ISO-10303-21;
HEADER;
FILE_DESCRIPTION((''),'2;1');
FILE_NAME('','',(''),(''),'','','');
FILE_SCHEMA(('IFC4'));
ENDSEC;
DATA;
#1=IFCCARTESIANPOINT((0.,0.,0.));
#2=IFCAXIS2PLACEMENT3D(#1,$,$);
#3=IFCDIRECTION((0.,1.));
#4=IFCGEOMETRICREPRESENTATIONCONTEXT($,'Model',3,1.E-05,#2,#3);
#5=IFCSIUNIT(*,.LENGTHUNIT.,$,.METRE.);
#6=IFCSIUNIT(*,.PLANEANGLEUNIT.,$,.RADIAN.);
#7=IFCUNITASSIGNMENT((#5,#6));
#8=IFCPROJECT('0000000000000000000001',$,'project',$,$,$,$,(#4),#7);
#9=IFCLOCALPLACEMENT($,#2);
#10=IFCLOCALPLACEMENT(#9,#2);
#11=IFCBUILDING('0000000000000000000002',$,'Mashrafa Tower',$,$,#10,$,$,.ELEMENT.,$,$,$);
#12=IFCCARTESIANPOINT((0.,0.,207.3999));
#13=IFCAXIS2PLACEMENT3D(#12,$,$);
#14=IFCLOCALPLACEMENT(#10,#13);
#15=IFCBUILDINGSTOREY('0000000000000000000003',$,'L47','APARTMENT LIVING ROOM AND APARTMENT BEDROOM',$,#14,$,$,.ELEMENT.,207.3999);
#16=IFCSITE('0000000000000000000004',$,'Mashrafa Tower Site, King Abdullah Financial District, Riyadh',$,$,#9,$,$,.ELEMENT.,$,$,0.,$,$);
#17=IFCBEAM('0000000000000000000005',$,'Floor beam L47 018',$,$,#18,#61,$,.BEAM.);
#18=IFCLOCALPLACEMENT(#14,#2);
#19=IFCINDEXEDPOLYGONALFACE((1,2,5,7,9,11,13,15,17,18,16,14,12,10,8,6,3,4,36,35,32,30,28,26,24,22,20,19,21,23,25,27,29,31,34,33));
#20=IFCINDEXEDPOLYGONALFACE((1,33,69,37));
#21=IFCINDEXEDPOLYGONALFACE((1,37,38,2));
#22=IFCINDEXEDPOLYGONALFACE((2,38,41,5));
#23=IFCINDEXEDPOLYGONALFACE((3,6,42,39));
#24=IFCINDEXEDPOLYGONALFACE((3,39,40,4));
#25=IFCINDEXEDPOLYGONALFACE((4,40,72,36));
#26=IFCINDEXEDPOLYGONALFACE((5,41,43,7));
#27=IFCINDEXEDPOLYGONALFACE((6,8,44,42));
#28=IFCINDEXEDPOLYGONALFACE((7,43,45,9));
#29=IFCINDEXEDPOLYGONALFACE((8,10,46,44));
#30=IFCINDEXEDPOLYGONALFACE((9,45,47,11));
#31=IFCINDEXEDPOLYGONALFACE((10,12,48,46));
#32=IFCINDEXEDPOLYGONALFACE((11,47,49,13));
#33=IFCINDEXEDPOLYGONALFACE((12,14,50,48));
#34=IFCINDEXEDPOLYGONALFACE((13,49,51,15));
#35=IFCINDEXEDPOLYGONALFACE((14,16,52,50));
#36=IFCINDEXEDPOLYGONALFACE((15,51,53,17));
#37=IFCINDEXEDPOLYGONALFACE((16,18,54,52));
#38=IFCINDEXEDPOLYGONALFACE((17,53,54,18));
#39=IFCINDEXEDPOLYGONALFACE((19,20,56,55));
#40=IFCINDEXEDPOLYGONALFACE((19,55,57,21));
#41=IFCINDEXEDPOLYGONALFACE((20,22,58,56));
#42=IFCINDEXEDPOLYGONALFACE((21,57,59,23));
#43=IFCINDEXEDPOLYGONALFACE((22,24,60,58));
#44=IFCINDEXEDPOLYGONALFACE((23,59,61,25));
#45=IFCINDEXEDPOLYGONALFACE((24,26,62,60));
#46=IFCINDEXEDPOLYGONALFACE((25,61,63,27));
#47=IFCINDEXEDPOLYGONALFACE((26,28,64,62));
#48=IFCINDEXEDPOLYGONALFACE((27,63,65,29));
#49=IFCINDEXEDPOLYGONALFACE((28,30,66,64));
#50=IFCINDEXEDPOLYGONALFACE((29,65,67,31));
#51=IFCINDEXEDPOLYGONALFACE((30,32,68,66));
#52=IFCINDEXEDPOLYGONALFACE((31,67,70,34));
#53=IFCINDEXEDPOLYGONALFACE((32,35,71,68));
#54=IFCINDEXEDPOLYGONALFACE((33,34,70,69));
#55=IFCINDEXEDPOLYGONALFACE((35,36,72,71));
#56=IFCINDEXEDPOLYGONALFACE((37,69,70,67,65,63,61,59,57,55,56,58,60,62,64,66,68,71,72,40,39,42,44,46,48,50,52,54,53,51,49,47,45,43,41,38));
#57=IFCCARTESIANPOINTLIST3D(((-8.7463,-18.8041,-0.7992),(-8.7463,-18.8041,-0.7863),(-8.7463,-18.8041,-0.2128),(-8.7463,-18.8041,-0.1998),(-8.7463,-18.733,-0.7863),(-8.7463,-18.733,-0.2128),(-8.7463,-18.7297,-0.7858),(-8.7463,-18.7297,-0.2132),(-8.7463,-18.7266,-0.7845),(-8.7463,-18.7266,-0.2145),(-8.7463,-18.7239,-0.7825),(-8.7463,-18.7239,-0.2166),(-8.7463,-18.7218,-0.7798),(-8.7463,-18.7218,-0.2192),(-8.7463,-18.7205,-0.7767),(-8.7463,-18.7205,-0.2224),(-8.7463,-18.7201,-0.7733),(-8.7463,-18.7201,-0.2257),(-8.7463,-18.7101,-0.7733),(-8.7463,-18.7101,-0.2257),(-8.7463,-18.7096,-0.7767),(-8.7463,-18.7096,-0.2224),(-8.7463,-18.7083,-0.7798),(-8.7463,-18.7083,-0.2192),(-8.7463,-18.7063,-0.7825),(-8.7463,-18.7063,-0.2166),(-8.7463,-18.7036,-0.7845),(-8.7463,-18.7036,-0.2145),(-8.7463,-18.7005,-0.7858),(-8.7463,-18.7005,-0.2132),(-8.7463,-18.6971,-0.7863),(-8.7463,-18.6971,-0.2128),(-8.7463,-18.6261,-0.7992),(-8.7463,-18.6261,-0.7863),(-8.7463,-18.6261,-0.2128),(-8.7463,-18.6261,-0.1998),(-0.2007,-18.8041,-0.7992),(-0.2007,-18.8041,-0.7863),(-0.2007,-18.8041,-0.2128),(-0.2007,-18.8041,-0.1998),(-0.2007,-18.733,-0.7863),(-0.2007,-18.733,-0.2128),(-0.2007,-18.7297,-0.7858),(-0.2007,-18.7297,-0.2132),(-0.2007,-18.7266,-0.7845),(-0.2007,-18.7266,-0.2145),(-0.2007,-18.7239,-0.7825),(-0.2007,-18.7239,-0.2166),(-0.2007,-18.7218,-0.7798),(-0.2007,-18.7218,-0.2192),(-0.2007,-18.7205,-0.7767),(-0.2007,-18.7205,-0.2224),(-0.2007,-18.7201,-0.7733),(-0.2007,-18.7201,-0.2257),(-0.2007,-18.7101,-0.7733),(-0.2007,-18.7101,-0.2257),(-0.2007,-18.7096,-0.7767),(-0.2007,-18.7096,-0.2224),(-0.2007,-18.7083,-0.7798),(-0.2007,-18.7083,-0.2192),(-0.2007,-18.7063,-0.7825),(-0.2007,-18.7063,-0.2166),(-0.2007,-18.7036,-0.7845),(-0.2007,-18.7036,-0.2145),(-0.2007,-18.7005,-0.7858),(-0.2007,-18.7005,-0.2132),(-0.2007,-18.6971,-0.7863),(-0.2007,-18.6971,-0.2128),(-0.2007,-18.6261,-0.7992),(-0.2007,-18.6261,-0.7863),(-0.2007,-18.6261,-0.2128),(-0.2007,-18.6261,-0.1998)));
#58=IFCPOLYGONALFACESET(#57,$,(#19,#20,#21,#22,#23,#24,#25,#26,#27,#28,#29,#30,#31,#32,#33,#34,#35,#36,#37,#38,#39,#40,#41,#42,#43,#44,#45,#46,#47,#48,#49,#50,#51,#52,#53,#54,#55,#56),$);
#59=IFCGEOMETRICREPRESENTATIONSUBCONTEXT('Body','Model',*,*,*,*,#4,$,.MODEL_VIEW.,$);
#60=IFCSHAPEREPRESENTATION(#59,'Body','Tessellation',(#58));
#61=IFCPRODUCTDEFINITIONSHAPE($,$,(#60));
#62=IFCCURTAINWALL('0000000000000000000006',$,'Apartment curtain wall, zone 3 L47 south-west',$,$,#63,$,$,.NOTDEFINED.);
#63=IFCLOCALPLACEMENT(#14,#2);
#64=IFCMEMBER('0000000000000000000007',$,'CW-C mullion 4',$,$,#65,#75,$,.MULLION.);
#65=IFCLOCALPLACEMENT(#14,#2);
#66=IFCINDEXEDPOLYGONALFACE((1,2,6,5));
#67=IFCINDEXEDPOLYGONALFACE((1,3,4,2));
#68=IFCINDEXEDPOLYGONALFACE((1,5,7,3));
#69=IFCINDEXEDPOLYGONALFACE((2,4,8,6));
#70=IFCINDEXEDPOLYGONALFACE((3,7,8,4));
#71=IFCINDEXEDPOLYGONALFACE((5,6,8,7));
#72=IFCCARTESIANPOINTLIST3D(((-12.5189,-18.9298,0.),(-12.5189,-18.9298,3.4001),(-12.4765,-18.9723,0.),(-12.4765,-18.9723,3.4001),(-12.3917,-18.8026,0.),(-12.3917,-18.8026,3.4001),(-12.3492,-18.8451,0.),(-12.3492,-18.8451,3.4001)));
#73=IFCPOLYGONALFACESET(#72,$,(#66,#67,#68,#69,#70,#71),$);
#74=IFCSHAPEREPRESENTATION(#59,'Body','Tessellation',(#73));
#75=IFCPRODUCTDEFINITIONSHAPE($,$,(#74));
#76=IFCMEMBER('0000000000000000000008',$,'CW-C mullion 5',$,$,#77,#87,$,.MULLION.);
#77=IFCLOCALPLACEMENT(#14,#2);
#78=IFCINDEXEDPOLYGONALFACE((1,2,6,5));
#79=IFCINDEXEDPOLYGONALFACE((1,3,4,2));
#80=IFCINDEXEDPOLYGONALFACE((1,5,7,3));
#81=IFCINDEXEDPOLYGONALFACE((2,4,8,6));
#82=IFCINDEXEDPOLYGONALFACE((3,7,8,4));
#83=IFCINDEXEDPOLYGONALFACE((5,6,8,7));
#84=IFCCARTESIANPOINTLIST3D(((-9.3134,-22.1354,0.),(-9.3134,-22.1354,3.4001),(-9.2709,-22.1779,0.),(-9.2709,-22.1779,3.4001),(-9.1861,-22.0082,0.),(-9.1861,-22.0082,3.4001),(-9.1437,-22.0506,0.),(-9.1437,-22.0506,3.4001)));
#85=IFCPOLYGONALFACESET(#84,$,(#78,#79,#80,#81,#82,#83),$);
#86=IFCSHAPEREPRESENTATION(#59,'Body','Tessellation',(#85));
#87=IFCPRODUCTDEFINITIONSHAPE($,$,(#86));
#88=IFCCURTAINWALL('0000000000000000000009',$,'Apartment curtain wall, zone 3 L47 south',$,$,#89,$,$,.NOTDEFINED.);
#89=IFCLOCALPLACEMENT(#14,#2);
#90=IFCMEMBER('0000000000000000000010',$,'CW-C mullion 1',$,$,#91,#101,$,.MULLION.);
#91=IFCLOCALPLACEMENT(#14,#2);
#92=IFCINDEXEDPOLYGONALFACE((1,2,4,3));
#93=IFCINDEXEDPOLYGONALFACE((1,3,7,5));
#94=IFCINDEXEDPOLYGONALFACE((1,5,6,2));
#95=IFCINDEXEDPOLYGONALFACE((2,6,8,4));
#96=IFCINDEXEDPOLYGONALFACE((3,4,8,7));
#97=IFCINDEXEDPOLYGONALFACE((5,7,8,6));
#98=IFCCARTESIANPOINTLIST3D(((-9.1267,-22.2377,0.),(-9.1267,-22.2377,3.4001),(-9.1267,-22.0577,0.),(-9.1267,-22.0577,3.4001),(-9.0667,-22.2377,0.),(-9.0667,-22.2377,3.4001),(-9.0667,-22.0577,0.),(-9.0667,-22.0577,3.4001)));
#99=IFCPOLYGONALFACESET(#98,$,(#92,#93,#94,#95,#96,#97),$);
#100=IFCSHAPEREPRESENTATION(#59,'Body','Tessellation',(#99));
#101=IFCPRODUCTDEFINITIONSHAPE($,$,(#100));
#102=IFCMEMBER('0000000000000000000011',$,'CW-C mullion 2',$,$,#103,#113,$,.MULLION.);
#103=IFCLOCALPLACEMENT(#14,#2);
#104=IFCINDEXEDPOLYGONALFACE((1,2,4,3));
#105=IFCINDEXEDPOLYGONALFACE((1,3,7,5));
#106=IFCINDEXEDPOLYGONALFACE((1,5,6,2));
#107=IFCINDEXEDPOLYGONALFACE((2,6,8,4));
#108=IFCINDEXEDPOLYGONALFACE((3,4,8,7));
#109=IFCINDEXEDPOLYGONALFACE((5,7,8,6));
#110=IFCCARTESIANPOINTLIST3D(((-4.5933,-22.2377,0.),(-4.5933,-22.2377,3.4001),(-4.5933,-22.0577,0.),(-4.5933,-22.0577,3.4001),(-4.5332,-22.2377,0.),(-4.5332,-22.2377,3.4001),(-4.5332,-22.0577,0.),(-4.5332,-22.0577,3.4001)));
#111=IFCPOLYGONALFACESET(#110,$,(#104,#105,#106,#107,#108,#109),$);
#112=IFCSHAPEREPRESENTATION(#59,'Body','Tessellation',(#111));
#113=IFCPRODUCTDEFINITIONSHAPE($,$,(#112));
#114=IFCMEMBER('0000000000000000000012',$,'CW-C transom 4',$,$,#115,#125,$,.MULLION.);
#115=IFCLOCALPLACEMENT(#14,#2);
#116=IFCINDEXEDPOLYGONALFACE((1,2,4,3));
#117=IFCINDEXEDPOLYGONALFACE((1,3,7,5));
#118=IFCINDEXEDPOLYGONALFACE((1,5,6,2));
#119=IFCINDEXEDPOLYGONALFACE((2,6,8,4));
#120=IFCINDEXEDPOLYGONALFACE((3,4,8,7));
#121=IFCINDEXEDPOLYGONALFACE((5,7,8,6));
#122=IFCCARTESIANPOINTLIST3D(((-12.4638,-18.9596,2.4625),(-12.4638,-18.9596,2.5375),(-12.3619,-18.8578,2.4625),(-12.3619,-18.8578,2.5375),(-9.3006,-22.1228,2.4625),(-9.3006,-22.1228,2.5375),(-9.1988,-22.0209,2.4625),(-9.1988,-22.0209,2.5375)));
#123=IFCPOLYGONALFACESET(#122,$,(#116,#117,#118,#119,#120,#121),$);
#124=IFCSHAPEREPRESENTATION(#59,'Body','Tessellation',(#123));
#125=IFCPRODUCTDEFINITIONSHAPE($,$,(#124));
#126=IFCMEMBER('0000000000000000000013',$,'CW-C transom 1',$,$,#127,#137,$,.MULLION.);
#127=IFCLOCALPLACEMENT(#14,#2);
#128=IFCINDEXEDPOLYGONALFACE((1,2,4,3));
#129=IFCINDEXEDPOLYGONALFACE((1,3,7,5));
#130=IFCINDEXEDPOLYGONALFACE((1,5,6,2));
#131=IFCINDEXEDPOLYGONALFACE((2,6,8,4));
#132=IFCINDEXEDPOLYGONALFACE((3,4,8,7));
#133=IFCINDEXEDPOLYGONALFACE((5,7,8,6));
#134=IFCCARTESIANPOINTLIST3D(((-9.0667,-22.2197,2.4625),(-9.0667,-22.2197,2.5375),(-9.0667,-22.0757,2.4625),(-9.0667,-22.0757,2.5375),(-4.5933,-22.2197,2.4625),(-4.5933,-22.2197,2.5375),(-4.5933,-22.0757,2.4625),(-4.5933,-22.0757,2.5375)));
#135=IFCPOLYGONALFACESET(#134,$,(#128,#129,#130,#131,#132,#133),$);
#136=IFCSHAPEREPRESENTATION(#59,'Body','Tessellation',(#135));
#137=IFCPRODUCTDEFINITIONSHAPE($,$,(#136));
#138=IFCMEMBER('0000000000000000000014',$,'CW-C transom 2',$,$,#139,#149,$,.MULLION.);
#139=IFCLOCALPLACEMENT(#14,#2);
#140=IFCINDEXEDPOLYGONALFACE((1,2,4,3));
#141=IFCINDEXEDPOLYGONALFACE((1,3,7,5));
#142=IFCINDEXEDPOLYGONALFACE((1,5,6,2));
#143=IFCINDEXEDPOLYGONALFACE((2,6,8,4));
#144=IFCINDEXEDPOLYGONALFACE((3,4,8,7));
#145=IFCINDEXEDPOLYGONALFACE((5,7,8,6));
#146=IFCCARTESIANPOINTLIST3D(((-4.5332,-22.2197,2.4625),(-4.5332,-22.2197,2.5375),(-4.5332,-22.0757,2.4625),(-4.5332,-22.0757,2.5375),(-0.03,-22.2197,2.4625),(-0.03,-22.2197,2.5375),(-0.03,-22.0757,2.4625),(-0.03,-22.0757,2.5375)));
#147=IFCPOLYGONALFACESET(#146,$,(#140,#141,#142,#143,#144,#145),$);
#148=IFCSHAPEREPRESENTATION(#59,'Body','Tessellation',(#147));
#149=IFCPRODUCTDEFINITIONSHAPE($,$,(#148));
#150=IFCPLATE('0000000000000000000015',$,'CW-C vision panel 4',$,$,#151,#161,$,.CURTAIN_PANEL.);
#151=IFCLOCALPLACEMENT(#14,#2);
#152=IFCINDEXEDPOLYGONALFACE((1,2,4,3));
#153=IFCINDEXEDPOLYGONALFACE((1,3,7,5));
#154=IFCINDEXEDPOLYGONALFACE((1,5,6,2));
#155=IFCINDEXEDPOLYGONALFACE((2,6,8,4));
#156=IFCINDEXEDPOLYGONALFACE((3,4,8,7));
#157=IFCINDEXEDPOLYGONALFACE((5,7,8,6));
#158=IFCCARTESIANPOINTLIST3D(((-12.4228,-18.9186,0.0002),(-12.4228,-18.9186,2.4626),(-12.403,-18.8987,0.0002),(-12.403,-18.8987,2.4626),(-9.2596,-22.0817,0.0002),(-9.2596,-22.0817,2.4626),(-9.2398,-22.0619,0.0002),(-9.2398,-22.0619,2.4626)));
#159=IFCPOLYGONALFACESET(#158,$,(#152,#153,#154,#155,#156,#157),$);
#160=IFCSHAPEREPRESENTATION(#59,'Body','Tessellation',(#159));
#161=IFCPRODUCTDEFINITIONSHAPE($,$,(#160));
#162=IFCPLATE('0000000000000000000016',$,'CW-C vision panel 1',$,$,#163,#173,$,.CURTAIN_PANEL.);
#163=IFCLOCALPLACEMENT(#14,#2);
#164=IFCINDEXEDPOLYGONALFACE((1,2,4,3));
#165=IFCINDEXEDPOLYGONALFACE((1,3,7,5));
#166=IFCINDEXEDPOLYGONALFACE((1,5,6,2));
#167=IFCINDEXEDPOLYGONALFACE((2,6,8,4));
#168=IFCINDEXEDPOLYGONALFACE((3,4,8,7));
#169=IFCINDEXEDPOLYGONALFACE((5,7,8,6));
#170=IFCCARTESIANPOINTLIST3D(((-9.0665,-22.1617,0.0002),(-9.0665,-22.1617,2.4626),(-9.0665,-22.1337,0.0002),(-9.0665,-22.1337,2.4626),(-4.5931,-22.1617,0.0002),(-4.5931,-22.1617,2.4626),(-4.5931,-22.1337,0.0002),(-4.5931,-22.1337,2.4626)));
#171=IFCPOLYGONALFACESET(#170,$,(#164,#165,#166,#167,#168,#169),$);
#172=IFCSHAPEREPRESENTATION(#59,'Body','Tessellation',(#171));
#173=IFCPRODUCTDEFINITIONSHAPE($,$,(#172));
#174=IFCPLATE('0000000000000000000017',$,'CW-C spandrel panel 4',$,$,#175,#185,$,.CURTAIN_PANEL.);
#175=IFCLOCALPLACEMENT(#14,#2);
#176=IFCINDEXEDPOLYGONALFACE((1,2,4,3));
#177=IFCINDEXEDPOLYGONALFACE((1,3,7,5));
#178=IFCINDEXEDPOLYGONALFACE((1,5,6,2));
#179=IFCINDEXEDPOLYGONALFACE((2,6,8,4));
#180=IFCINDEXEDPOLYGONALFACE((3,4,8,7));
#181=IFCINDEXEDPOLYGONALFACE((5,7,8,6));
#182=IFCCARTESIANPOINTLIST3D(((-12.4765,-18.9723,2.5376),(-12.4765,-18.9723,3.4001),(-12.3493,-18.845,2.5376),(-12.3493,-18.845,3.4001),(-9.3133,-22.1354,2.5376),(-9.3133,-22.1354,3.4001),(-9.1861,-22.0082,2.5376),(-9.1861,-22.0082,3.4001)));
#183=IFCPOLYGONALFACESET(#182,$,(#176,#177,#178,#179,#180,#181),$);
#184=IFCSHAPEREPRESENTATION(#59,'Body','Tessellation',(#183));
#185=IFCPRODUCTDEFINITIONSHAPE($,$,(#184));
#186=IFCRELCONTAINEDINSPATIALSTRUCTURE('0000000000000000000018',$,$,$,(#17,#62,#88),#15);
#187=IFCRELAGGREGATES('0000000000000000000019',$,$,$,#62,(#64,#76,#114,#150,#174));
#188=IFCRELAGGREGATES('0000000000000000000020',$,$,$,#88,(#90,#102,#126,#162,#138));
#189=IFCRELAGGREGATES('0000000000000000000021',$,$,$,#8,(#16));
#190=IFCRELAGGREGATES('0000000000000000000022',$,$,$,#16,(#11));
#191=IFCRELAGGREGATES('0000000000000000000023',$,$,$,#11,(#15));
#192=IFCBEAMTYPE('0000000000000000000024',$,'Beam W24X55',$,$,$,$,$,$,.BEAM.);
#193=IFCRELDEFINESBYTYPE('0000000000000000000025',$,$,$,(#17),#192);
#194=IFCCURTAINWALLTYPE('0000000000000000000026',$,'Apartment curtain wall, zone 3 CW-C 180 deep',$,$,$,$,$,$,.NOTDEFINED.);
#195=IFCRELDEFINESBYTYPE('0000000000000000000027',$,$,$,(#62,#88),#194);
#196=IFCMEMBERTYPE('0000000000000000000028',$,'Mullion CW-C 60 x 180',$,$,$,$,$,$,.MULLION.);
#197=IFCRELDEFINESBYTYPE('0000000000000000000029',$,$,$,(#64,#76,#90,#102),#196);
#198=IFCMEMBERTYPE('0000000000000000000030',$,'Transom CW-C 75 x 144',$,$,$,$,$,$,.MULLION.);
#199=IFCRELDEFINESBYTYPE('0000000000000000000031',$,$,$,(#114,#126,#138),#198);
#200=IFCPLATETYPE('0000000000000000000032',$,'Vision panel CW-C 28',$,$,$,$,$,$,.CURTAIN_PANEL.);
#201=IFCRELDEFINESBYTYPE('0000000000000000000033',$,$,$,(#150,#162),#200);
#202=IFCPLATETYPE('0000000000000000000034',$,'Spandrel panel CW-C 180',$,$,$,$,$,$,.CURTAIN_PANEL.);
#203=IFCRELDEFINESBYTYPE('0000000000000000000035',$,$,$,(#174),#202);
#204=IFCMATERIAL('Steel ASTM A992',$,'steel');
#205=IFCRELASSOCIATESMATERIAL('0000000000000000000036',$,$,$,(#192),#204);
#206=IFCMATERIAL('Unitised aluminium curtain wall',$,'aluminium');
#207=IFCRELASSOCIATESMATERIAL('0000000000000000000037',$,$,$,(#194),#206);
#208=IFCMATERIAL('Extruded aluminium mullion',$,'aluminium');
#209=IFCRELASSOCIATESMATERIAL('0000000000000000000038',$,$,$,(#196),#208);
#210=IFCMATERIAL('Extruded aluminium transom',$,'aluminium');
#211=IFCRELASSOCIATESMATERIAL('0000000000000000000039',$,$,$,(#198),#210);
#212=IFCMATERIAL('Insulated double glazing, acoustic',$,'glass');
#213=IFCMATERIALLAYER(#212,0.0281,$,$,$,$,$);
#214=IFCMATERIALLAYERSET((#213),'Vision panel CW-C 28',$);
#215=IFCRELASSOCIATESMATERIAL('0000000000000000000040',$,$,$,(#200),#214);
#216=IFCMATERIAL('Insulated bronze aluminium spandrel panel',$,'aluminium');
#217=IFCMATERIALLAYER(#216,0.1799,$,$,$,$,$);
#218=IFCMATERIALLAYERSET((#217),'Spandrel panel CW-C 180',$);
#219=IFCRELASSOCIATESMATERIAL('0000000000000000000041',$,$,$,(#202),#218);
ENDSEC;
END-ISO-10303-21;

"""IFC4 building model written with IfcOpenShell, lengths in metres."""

from ifc_helpers import new_model, si_unit, direction, frame, origin, origin_2d, place, context, subcontext, project, spatial, rectangle, i_section, extrude, source, transform, mapped, material, layer, layer_set, material_profile, profile_set, type_object, type_shapes, element, aggregate, save


model = new_model("IFC4")

# Units and contexts
model_context = context("Model", 3, precision=1e-05, world=origin(), true_north=direction((0.0, 1.0)))
body_context = subcontext(model_context, "Body", "Model", "MODEL_VIEW")
ifc_project = project(units=[si_unit("LENGTHUNIT", "METRE"), si_unit("PLANEANGLEUNIT", "RADIAN")], contexts=[model_context])

# Site, building, storey
site_placement = place(None, origin())
site = spatial("IfcSite", under=ifc_project, at=site_placement, Name="Mashrafa Tower Site, King Abdullah Financial District, Riyadh", CompositionType="ELEMENT", RefElevation=0.0)
building_placement = place(site_placement, origin())
building = spatial("IfcBuilding", under=site, at=building_placement, Name="Mashrafa Tower", CompositionType="ELEMENT")
storey_placement = place(building_placement, frame((0.0, 0.0, 207.3999)))
storey = spatial("IfcBuildingStorey", under=building, at=storey_placement, Name="L47", Description="APARTMENT LIVING ROOM AND APARTMENT BEDROOM", CompositionType="ELEMENT", Elevation=207.3999)

# Beam
ifc_material_1 = material(Name="Steel ASTM A992", Category="steel")
ifc_material_profile_1 = material_profile(ifc_material_1, i_section(OverallWidth=0.178, OverallDepth=0.5994, WebThickness=0.01, FlangeThickness=0.0129, FilletRadius=0.0129, at=origin_2d()), Name="W24X55")
ifc_profile_set_1 = profile_set([ifc_material_profile_1], Name="Steel ASTM A992")
beam_type_1 = type_object("IfcBeamType", Name="Beam W24X55", PredefinedType="BEAM", material=ifc_profile_set_1)
beam_1_placement = place(storey_placement, frame((-0.2007, -18.7151, -0.4995), z_axis=(-1.0, 0.0, 0.0), x_axis=(0.0, -1.0, 0.0)))
element("IfcBeam", 1, at=beam_1_placement, inside=storey, type_object=beam_type_1, Name="Floor beam L47 018", PredefinedType="BEAM", context=body_context, shape_type="SweptSolid", body=[
    extrude(i_section(OverallWidth=0.178, OverallDepth=0.5994, WebThickness=0.01, FlangeThickness=0.0129, FilletRadius=0.0129, at=origin_2d()), origin(), (0.0, 0.0, 1.0), 8.5457),
])

# Curtain walls, members
ifc_material_2 = material(Name="Unitised aluminium curtain wall", Category="aluminium")
curtain_wall_type = type_object("IfcCurtainWallType", Name="Apartment curtain wall, zone 3 CW-C 180 deep", PredefinedType="NOTDEFINED", material=ifc_material_2)
curtain_wall_1_placement = place(storey_placement, origin())
curtain_wall_1 = element("IfcCurtainWall", 2, at=curtain_wall_1_placement, inside=storey, type_object=curtain_wall_type, Name="Apartment curtain wall, zone 3 L47 south-west", PredefinedType="NOTDEFINED")
ifc_material_3 = material(Name="Extruded aluminium mullion", Category="aluminium")
ifc_material_profile_2 = material_profile(ifc_material_3, rectangle(XDim=0.1799, YDim=0.0601, at=origin_2d()), Name="Mullion 60x180")
ifc_profile_set_2 = profile_set([ifc_material_profile_2], Name="Extruded aluminium mullion")
member_type_1 = type_object("IfcMemberType", Name="Mullion CW-C 60 x 180", PredefinedType="MULLION", material=ifc_profile_set_2)
shared_shape_1 = source(origin(), body_context, "Body", "SweptSolid", [
    extrude(rectangle(XDim=0.1799, YDim=0.0601, at=origin_2d()), origin(), (0.0, 0.0, 1.0), 3.4001),
])
type_shapes(member_type_1, [shared_shape_1])
member_1_placement = place(storey_placement, frame((-12.4341, -18.8875, 0.0), z_axis=(0.0, 0.0, 1.0), x_axis=(0.707107, 0.707107, 0.0)))
member_1 = element("IfcMember", 3, at=member_1_placement, type_object=member_type_1, Name="CW-C mullion 4", PredefinedType="MULLION", context=body_context, shape_type="MappedRepresentation", body=[
    mapped(shared_shape_1, transform((0.0, 0.0, 0.0))),
])
member_2_placement = place(storey_placement, frame((-9.2285, -22.093, 0.0), z_axis=(0.0, 0.0, 1.0), x_axis=(0.707107, 0.707107, 0.0)))
member_2 = element("IfcMember", 4, at=member_2_placement, type_object=member_type_1, Name="CW-C mullion 5", PredefinedType="MULLION", context=body_context, shape_type="MappedRepresentation", body=[
    mapped(shared_shape_1, transform((0.0, 0.0, 0.0))),
])
curtain_wall_2_placement = place(storey_placement, origin())
curtain_wall_2 = element("IfcCurtainWall", 5, at=curtain_wall_2_placement, inside=storey, type_object=curtain_wall_type, Name="Apartment curtain wall, zone 3 L47 south", PredefinedType="NOTDEFINED")
member_3_placement = place(storey_placement, frame((-9.0967, -22.1477, 0.0), z_axis=(0.0, 0.0, 1.0), x_axis=(0.0, 1.0, 0.0)))
member_3 = element("IfcMember", 6, at=member_3_placement, type_object=member_type_1, Name="CW-C mullion 1", PredefinedType="MULLION", context=body_context, shape_type="MappedRepresentation", body=[
    mapped(shared_shape_1, transform((0.0, 0.0, 0.0))),
])
member_4_placement = place(storey_placement, frame((-4.5632, -22.1477, 0.0), z_axis=(0.0, 0.0, 1.0), x_axis=(0.0, 1.0, 0.0)))
member_4 = element("IfcMember", 7, at=member_4_placement, type_object=member_type_1, Name="CW-C mullion 2", PredefinedType="MULLION", context=body_context, shape_type="MappedRepresentation", body=[
    mapped(shared_shape_1, transform((0.0, 0.0, 0.0))),
])

# Members
ifc_material_4 = material(Name="Extruded aluminium transom", Category="aluminium")
ifc_material_profile_3 = material_profile(ifc_material_4, rectangle(XDim=0.144, YDim=0.075, at=origin_2d()), Name="Transom 75x144")
ifc_profile_set_3 = profile_set([ifc_material_profile_3], Name="Extruded aluminium transom")
member_type_2 = type_object("IfcMemberType", Name="Transom CW-C 75 x 144", PredefinedType="MULLION", material=ifc_profile_set_3)
shared_shape_2 = source(origin(), body_context, "Body", "SweptSolid", [
    extrude(rectangle(XDim=0.144, YDim=0.075, at=origin_2d()), origin(), (0.0, 0.0, 1.0), 4.4734),
])
member_5_placement = place(storey_placement, frame((-12.4128, -18.9087, 2.5), z_axis=(0.707107, -0.707107, 0.0), x_axis=(0.707107, 0.707107, 0.0)))
member_5 = element("IfcMember", 8, at=member_5_placement, type_object=member_type_2, Name="CW-C transom 4", PredefinedType="MULLION", context=body_context, shape_type="MappedRepresentation", body=[
    mapped(shared_shape_2, transform((0.0, 0.0, 0.0))),
])
member_6_placement = place(storey_placement, frame((-9.0667, -22.1477, 2.5), z_axis=(1.0, 0.0, 0.0), x_axis=(0.0, 1.0, 0.0)))
member_6 = element("IfcMember", 9, at=member_6_placement, type_object=member_type_2, Name="CW-C transom 1", PredefinedType="MULLION", context=body_context, shape_type="MappedRepresentation", body=[
    mapped(shared_shape_2, transform((0.0, 0.0, 0.0))),
])
shared_shape_3 = source(origin(), body_context, "Body", "SweptSolid", [
    extrude(rectangle(XDim=0.144, YDim=0.075, at=origin_2d()), origin(), (0.0, 0.0, 1.0), 4.5032),
])
type_shapes(member_type_2, [shared_shape_2, shared_shape_3])
member_7_placement = place(storey_placement, frame((-4.5332, -22.1477, 2.5), z_axis=(1.0, 0.0, 0.0), x_axis=(0.0, 1.0, 0.0)))
member_7 = element("IfcMember", 10, at=member_7_placement, type_object=member_type_2, Name="CW-C transom 2", PredefinedType="MULLION", context=body_context, shape_type="MappedRepresentation", body=[
    mapped(shared_shape_3, transform((0.0, 0.0, 0.0))),
])

# Plates
ifc_material_5 = material(Name="Insulated double glazing, acoustic", Category="glass")
ifc_layer_1 = layer(ifc_material_5, 0.0281)
ifc_layer_set_1 = layer_set([ifc_layer_1], Name="Vision panel CW-C 28")
plate_type_1 = type_object("IfcPlateType", Name="Vision panel CW-C 28", PredefinedType="CURTAIN_PANEL", material=ifc_layer_set_1)
shared_shape_4 = source(origin(), body_context, "Body", "SweptSolid", [
    extrude(rectangle(XDim=4.4734, YDim=0.0281, at=origin_2d()), origin(), (0.0, 0.0, 1.0), 2.4624),
])
plate_1_placement = place(storey_placement, frame((-10.8313, -20.4902, 0.0002), z_axis=(0.0, 0.0, 1.0), x_axis=(0.707107, -0.707107, 0.0)))
plate_1 = element("IfcPlate", 11, at=plate_1_placement, type_object=plate_type_1, Name="CW-C vision panel 4", PredefinedType="CURTAIN_PANEL", context=body_context, shape_type="MappedRepresentation", body=[
    mapped(shared_shape_4, transform((0.0, 0.0, 0.0))),
])
plate_2_placement = place(storey_placement, frame((-6.8298, -22.1477, 0.0002), z_axis=(0.0, 0.0, 1.0), x_axis=(1.0, 0.0, 0.0)))
plate_2 = element("IfcPlate", 12, at=plate_2_placement, type_object=plate_type_1, Name="CW-C vision panel 1", PredefinedType="CURTAIN_PANEL", context=body_context, shape_type="MappedRepresentation", body=[
    mapped(shared_shape_4, transform((0.0, 0.0, 0.0))),
])
ifc_material_6 = material(Name="Insulated bronze aluminium spandrel panel", Category="aluminium")
ifc_layer_2 = layer(ifc_material_6, 0.1799)
ifc_layer_set_2 = layer_set([ifc_layer_2], Name="Spandrel panel CW-C 180")
plate_type_2 = type_object("IfcPlateType", Name="Spandrel panel CW-C 180", PredefinedType="CURTAIN_PANEL", material=ifc_layer_set_2)
shared_shape_5 = source(origin(), body_context, "Body", "SweptSolid", [
    extrude(rectangle(XDim=4.4734, YDim=0.1799, at=origin_2d()), origin(), (0.0, 0.0, 1.0), 0.8625),
])
plate_3_placement = place(storey_placement, frame((-10.8313, -20.4902, 2.5376), z_axis=(0.0, 0.0, 1.0), x_axis=(0.707107, -0.707107, 0.0)))
plate_3 = element("IfcPlate", 13, at=plate_3_placement, type_object=plate_type_2, Name="CW-C spandrel panel 4", PredefinedType="CURTAIN_PANEL", context=body_context, shape_type="MappedRepresentation", body=[
    mapped(shared_shape_5, transform((0.0, 0.0, 0.0))),
])
aggregate(curtain_wall_1, [member_1, member_2, member_5, plate_1, plate_3])
aggregate(curtain_wall_2, [member_3, member_4, member_6, plate_2, member_7])

save(model, "model.ifc")
